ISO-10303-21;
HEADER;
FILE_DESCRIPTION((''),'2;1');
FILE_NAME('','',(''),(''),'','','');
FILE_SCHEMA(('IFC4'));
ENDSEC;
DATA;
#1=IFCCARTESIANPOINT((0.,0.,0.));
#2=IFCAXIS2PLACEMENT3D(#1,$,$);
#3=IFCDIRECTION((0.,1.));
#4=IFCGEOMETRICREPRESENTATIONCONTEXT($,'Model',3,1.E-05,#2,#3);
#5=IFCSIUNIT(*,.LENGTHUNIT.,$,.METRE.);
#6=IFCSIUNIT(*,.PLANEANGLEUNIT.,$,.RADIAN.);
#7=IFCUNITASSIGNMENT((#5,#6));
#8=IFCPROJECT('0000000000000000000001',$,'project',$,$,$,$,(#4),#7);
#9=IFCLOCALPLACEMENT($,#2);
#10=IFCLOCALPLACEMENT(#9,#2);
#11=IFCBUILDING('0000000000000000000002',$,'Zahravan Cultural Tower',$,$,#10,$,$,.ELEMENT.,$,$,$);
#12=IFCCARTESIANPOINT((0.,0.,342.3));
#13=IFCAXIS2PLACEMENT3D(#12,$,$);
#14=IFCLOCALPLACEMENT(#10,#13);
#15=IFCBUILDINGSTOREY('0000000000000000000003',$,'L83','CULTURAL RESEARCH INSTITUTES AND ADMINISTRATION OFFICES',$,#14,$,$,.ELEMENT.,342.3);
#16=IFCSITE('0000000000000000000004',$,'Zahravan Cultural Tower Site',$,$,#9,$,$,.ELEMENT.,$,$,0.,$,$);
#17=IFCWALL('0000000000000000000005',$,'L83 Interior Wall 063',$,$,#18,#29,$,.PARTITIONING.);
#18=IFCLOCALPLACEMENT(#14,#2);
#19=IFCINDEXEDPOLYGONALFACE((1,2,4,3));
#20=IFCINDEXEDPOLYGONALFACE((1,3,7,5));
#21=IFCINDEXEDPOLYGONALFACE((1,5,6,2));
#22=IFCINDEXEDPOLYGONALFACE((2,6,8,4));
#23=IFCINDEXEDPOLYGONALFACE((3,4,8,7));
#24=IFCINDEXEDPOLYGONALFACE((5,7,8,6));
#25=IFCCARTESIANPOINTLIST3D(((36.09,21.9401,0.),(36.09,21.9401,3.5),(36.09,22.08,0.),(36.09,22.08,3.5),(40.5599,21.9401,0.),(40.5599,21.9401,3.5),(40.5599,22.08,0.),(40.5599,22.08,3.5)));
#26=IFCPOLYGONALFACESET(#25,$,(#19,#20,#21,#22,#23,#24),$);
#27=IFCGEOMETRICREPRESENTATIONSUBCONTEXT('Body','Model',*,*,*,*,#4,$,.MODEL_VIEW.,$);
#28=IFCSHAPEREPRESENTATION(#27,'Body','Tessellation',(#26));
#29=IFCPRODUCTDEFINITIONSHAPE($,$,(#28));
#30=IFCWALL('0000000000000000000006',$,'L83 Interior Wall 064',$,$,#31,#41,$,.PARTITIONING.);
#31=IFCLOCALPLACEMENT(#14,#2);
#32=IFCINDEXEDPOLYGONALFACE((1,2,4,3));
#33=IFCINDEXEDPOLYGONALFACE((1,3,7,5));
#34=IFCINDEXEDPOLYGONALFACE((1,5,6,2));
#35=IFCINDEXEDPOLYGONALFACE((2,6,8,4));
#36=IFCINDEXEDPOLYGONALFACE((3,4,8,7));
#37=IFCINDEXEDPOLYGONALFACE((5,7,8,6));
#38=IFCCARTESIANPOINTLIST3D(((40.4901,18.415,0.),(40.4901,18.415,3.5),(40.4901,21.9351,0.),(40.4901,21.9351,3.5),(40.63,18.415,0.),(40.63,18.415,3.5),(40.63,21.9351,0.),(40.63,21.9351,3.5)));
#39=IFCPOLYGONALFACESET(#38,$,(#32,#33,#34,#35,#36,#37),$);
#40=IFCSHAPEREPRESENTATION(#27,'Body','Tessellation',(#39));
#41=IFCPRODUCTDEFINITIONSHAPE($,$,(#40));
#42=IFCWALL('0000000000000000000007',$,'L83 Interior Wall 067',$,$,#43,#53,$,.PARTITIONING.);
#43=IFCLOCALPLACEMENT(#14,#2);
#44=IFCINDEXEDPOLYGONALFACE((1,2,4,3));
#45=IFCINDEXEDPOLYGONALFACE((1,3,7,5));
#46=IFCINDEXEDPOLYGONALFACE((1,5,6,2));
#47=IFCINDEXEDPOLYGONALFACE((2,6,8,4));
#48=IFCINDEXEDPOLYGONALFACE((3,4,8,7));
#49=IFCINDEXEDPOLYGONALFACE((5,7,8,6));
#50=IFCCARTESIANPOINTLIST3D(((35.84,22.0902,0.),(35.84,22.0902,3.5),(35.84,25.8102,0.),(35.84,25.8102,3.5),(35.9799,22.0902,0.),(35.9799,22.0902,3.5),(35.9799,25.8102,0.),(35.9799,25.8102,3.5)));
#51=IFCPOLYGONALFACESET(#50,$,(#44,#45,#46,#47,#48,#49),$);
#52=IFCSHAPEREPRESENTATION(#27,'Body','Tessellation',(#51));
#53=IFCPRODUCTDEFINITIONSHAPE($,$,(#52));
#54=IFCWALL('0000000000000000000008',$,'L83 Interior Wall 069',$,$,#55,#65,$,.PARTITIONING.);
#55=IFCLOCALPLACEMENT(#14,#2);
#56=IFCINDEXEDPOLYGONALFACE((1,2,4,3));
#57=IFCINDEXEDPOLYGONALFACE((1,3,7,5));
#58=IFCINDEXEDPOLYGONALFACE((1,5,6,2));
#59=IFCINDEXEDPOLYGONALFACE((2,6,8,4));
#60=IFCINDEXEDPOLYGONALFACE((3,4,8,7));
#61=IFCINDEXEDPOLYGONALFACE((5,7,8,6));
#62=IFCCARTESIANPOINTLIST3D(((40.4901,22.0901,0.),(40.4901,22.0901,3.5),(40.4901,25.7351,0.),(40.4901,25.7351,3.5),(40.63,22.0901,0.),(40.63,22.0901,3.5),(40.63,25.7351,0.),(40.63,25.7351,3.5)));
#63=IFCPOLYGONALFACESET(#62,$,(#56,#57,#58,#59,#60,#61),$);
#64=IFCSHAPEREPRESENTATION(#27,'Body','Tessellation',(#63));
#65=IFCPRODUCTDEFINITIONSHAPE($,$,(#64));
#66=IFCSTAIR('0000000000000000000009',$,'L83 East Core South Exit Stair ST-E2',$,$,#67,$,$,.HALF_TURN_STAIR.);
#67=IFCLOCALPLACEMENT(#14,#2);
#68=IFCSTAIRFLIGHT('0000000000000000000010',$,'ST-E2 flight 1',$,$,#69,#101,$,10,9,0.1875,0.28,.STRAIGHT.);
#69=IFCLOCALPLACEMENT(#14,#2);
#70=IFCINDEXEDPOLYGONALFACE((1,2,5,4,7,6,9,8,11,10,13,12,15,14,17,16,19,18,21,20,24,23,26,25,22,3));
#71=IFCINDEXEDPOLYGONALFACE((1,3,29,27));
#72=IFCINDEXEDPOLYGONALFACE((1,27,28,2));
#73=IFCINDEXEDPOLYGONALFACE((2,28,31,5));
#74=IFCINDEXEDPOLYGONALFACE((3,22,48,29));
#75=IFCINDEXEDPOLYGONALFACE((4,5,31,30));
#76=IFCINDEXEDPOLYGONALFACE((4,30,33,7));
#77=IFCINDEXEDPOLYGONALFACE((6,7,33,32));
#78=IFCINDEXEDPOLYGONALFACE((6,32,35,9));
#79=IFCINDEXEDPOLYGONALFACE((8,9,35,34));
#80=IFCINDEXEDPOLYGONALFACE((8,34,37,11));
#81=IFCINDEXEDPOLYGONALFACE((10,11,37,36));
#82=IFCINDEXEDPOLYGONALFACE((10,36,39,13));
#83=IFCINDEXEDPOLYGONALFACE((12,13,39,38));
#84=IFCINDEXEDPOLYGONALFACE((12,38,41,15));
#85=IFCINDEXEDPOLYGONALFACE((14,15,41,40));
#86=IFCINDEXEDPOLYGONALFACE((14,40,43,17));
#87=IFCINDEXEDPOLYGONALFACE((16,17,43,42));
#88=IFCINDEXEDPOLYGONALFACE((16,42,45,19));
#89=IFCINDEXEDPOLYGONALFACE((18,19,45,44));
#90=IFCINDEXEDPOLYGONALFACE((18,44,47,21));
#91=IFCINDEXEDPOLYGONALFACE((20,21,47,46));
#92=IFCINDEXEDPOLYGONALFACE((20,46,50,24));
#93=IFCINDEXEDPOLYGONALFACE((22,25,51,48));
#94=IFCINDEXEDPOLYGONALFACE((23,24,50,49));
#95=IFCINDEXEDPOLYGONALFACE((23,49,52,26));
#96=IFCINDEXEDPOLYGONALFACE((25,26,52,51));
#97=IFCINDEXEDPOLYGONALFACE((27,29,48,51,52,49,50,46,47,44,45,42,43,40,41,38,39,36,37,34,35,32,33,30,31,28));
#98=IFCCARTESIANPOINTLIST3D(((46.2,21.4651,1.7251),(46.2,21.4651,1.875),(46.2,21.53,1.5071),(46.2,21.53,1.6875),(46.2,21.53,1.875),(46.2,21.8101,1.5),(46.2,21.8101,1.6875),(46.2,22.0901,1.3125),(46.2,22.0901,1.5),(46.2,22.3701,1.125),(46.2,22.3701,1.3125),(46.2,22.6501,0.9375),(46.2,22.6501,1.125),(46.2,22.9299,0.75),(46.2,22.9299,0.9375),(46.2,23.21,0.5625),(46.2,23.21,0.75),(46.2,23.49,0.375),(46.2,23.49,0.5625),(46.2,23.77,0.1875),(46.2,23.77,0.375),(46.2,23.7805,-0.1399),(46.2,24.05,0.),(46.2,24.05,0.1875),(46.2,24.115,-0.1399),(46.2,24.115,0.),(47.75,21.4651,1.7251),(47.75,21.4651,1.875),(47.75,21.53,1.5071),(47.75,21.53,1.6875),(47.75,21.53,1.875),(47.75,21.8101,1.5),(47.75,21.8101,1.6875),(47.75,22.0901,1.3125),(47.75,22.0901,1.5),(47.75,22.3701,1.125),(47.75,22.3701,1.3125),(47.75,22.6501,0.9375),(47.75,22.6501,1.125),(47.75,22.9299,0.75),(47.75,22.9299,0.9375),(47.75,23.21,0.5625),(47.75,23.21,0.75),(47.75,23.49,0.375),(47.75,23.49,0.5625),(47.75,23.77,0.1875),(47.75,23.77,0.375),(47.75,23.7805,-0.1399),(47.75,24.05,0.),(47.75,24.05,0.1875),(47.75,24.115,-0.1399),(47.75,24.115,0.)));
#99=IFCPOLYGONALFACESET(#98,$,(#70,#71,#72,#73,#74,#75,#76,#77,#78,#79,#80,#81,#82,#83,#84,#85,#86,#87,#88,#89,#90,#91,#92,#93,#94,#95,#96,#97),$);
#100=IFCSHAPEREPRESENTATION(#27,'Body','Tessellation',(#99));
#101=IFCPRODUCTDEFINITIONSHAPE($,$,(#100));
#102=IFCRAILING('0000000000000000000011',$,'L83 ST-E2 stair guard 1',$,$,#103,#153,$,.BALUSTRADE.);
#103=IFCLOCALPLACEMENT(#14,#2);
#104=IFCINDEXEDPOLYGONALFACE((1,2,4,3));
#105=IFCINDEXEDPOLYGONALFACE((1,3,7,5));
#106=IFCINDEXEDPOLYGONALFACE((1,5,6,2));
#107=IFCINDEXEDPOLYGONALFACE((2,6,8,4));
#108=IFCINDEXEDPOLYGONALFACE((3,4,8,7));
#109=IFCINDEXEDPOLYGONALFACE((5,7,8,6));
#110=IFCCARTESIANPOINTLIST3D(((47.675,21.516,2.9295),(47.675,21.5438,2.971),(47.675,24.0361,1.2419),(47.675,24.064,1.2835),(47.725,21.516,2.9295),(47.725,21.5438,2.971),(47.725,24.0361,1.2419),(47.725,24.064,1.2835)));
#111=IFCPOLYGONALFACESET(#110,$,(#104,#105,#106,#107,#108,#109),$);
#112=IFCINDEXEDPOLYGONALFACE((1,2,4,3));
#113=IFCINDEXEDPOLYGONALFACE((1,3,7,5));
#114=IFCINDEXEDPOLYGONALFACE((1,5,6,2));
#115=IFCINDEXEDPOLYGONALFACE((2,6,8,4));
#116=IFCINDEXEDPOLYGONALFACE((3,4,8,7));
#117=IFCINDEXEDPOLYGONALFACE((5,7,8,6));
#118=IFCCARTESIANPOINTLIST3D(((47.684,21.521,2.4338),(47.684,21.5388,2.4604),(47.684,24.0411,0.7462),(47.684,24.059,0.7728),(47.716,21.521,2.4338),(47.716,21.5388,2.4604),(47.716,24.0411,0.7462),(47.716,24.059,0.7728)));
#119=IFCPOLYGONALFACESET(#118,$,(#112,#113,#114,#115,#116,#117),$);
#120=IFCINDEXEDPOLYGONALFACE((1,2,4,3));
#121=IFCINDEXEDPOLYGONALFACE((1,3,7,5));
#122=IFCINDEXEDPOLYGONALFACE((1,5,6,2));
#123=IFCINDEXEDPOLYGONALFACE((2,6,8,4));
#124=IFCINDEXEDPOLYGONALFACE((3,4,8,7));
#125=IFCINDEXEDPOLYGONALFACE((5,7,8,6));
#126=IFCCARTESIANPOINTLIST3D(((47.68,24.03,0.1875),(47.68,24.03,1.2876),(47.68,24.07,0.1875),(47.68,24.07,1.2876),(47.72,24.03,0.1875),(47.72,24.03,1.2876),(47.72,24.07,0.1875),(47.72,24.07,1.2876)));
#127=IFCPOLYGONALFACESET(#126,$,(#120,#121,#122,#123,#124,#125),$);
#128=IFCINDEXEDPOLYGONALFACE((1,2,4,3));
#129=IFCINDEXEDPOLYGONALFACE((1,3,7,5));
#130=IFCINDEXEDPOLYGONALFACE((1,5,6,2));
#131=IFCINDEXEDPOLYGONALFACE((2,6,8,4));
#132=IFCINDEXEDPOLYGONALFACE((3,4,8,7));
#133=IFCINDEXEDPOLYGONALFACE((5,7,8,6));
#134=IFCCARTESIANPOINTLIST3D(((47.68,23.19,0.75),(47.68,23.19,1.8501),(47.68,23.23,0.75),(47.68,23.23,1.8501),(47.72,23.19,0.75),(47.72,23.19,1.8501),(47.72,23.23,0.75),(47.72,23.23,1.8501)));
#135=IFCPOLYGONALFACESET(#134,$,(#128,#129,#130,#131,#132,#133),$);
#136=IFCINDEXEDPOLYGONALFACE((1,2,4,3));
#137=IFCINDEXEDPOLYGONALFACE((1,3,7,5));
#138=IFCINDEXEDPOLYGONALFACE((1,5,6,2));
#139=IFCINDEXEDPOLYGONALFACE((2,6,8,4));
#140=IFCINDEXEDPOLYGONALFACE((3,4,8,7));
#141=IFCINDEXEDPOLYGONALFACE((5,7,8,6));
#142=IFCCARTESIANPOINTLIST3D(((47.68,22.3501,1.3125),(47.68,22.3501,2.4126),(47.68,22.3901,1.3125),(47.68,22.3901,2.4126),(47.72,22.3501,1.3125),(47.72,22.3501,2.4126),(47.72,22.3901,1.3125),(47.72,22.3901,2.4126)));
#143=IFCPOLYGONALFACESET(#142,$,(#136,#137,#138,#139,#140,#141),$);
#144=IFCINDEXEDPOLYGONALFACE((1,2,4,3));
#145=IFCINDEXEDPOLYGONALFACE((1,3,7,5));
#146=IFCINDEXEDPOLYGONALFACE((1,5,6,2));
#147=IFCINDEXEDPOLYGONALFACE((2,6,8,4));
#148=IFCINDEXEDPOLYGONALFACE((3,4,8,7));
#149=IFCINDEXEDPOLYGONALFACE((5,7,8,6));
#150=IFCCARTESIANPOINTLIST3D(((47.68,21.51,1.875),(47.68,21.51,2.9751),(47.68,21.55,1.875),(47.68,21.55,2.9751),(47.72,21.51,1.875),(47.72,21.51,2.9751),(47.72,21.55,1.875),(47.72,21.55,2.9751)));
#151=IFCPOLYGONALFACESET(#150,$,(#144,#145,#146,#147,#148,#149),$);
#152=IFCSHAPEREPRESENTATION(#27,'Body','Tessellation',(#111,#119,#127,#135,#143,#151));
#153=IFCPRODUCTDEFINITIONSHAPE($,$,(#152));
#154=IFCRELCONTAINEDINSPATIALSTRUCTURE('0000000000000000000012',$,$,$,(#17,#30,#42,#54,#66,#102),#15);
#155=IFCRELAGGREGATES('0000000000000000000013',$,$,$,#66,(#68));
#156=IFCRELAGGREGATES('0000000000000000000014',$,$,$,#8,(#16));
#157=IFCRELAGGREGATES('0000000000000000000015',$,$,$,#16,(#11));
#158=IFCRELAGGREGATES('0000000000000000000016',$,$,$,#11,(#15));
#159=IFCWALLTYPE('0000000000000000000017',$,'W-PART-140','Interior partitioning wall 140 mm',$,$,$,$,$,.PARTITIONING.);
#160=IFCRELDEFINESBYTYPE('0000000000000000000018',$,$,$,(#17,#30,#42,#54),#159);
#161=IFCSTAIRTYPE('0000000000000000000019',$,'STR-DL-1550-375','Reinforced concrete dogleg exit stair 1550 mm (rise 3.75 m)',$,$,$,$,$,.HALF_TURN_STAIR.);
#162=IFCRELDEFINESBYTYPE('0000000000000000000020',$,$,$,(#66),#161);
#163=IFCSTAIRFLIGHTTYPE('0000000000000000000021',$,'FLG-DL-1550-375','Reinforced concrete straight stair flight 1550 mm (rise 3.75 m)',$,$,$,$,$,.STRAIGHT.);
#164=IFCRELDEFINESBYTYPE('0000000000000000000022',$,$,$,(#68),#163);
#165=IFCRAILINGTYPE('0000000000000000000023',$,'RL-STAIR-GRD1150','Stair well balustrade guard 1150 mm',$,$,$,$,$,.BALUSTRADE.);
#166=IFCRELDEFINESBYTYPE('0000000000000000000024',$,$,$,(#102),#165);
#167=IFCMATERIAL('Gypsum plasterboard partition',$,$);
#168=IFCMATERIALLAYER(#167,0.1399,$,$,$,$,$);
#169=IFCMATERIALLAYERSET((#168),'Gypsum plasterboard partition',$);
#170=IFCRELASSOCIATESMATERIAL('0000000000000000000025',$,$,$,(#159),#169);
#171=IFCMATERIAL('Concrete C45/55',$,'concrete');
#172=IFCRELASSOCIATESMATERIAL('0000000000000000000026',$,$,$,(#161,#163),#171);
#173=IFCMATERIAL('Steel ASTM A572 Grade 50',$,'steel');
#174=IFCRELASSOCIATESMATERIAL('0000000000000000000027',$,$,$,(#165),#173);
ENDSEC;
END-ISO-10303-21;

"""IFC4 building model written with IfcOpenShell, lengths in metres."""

from ifc_helpers import new_model, si_unit, direction, frame, frame_2d, origin, origin_2d, place, context, subcontext, project, spatial, polyline, rectangle, outline, extrude, source, transform, mapped, material, layer, layer_set, type_object, element, aggregate, save


model = new_model("IFC4")

# Units and contexts
model_context = context("Model", 3, precision=1e-05, world=origin(), true_north=direction((0.0, 1.0)))
body_context = subcontext(model_context, "Body", "Model", "MODEL_VIEW")
ifc_project = project(units=[si_unit("LENGTHUNIT", "METRE"), si_unit("PLANEANGLEUNIT", "RADIAN")], contexts=[model_context])

# Site, building, storey
site_placement = place(None, origin())
site = spatial("IfcSite", under=ifc_project, at=site_placement, Name="Zahravan Cultural Tower Site", CompositionType="ELEMENT", RefElevation=0.0)
building_placement = place(site_placement, origin())
building = spatial("IfcBuilding", under=site, at=building_placement, Name="Zahravan Cultural Tower", CompositionType="ELEMENT")
storey_placement = place(building_placement, frame((0.0, 0.0, 342.3)))
storey = spatial("IfcBuildingStorey", under=building, at=storey_placement, Name="L83", Description="CULTURAL RESEARCH INSTITUTES AND ADMINISTRATION OFFICES", CompositionType="ELEMENT", Elevation=342.3)

# Shared definitions
ifc_material_1 = material(Name="Steel ASTM A572 Grade 50", Category="steel")
ifc_material_2 = material(Name="Gypsum plasterboard partition")
ifc_layer_1 = layer(ifc_material_2, 0.1399)
ifc_layer_set_1 = layer_set([ifc_layer_1], Name="Gypsum plasterboard partition")
wall_type_1 = type_object("IfcWallType", Name="W-PART-140", Description="Interior partitioning wall 140 mm", PredefinedType="PARTITIONING", material=ifc_layer_set_1)

# Walls
ifc_material_3 = material(Name="Concrete C45/55", Category="concrete")
shared_shape_1 = source(origin(), body_context, "Body", "SweptSolid", [
    extrude(rectangle(XDim=4.47, YDim=0.1399, at=frame_2d((2.2349, 0.0))), origin(), (0.0, 0.0, 1.0), 3.5),
])
wall_1_placement = place(storey_placement, frame((36.0901, 22.01, 0.0), z_axis=(0.0, 0.0, 1.0), x_axis=(1.0, 0.0, 0.0)))
element("IfcWall", 1, at=wall_1_placement, inside=storey, type_object=wall_type_1, Name="L83 Interior Wall 063", PredefinedType="PARTITIONING", context=body_context, shape_type="MappedRepresentation", body=[
    mapped(shared_shape_1, transform((0.0, 0.0, 0.0), x_axis=(1.0, 0.0, 0.0), y_axis=(0.0, 1.0, 0.0), z_axis=(0.0, 0.0, 1.0), scale=1.0)),
])
shared_shape_2 = source(origin(), body_context, "Body", "SweptSolid", [
    extrude(rectangle(XDim=3.52, YDim=0.1399, at=frame_2d((1.76, 0.0))), origin(), (0.0, 0.0, 1.0), 3.5),
])
wall_2_placement = place(storey_placement, frame((40.5601, 21.9351, 0.0), z_axis=(0.0, 0.0, 1.0), x_axis=(0.0, -1.0, 0.0)))
element("IfcWall", 2, at=wall_2_placement, inside=storey, type_object=wall_type_1, Name="L83 Interior Wall 064", PredefinedType="PARTITIONING", context=body_context, shape_type="MappedRepresentation", body=[
    mapped(shared_shape_2, transform((0.0, 0.0, 0.0), x_axis=(1.0, 0.0, 0.0), y_axis=(0.0, 1.0, 0.0), z_axis=(0.0, 0.0, 1.0), scale=1.0)),
])
shared_shape_3 = source(origin(), body_context, "Body", "SweptSolid", [
    extrude(rectangle(XDim=3.72, YDim=0.1399, at=frame_2d((1.8599, 0.0))), origin(), (0.0, 0.0, 1.0), 3.5),
])
wall_3_placement = place(storey_placement, frame((35.9099, 25.8101, 0.0), z_axis=(0.0, 0.0, 1.0), x_axis=(0.0, -1.0, 0.0)))
element("IfcWall", 3, at=wall_3_placement, inside=storey, type_object=wall_type_1, Name="L83 Interior Wall 067", PredefinedType="PARTITIONING", context=body_context, shape_type="MappedRepresentation", body=[
    mapped(shared_shape_3, transform((0.0, 0.0, 0.0), x_axis=(1.0, 0.0, 0.0), y_axis=(0.0, 1.0, 0.0), z_axis=(0.0, 0.0, 1.0), scale=1.0)),
])
shared_shape_4 = source(origin(), body_context, "Body", "SweptSolid", [
    extrude(rectangle(XDim=3.645, YDim=0.1399, at=frame_2d((1.8225, 0.0))), origin(), (0.0, 0.0, 1.0), 3.5),
])
wall_4_placement = place(storey_placement, frame((40.5601, 25.7351, 0.0), z_axis=(0.0, 0.0, 1.0), x_axis=(0.0, -1.0, 0.0)))
element("IfcWall", 4, at=wall_4_placement, inside=storey, type_object=wall_type_1, Name="L83 Interior Wall 069", PredefinedType="PARTITIONING", context=body_context, shape_type="MappedRepresentation", body=[
    mapped(shared_shape_4, transform((0.0, 0.0, 0.0), x_axis=(1.0, 0.0, 0.0), y_axis=(0.0, 1.0, 0.0), z_axis=(0.0, 0.0, 1.0), scale=1.0)),
])

# Stair, stair flight
stair_type = type_object("IfcStairType", Name="STR-DL-1550-375", Description="Reinforced concrete dogleg exit stair 1550 mm (rise 3.75 m)", PredefinedType="HALF_TURN_STAIR", material=ifc_material_3)
stair_placement = place(storey_placement, origin())
stair = element("IfcStair", 5, at=stair_placement, inside=storey, type_object=stair_type, Name="L83 East Core South Exit Stair ST-E2", PredefinedType="HALF_TURN_STAIR")
stair_flight_type = type_object("IfcStairFlightType", Name="FLG-DL-1550-375", Description="Reinforced concrete straight stair flight 1550 mm (rise 3.75 m)", PredefinedType="STRAIGHT", material=ifc_material_3)
stair_flight_placement = place(storey_placement, frame((46.9751, 24.05, 0.0), z_axis=(0.0, 0.0, 1.0), x_axis=(0.0, -1.0, 0.0)))
stair_flight = element("IfcStairFlight", 6, at=stair_flight_placement, type_object=stair_flight_type, Name="ST-E2 flight 1", NumberOfRisers=10, NumberOfTreads=9, PredefinedType="STRAIGHT", RiserHeight=0.1875, TreadLength=0.28, context=body_context, shape_type="SweptSolid", body=[
    extrude(outline(polyline([(-0.0649, -0.1399), (-0.0649, 0.0), (0.0, 0.0), (0.0, 0.1875), (0.28, 0.1875), (0.28, 0.375), (0.5601, 0.375), (0.5601, 0.5625), (0.8401, 0.5625), (0.8401, 0.75), (1.1201, 0.75), (1.1201, 0.9375), (1.3999, 0.9375), (1.3999, 1.125), (1.6799, 1.125), (1.6799, 1.3125), (1.96, 1.3125), (1.96, 1.5), (2.24, 1.5), (2.24, 1.6875), (2.52, 1.6875), (2.52, 1.875), (2.585, 1.875), (2.585, 1.7251), (2.52, 1.5071), (0.2695, -0.1399), (-0.0649, -0.1399)])), frame((0.0, 0.7749, 0.0), z_axis=(0.0, -1.0, 0.0), x_axis=(1.0, 0.0, 0.0)), (0.0, 0.0, 1.0), 1.55),
])
aggregate(stair, [stair_flight])

# Railing
railing_type_1 = type_object("IfcRailingType", Name="RL-STAIR-GRD1150", Description="Stair well balustrade guard 1150 mm", PredefinedType="BALUSTRADE", material=ifc_material_1)
railing_1_placement = place(storey_placement, frame((47.7, 24.05, 0.1875)))
element("IfcRailing", 7, at=railing_1_placement, inside=storey, type_object=railing_type_1, Name="L83 ST-E2 stair guard 1", PredefinedType="BALUSTRADE", context=body_context, shape_type="SweptSolid", body=[
    extrude(rectangle(XDim=0.05, YDim=0.05, at=origin_2d()), frame((0.0, 0.0, 1.0752), z_axis=(0.0, -0.830909, 0.556408), x_axis=(1.0, 0.0, 0.0)), (0.0, 0.0, 1.0), 3.033),
    extrude(rectangle(XDim=0.032, YDim=0.032, at=origin_2d()), frame((0.0, 0.0, 0.572), z_axis=(0.0, -0.830909, 0.556408), x_axis=(1.0, 0.0, 0.0)), (0.0, 0.0, 1.0), 3.033),
    extrude(rectangle(XDim=0.04, YDim=0.04, at=origin_2d()), origin(), (0.0, 0.0, 1.0), 1.1001),
    extrude(rectangle(XDim=0.04, YDim=0.04, at=origin_2d()), frame((0.0, -0.8401, 0.5625)), (0.0, 0.0, 1.0), 1.1001),
    extrude(rectangle(XDim=0.04, YDim=0.04, at=origin_2d()), frame((0.0, -1.6799, 1.125)), (0.0, 0.0, 1.0), 1.1001),
    extrude(rectangle(XDim=0.04, YDim=0.04, at=origin_2d()), frame((0.0, -2.52, 1.6875)), (0.0, 0.0, 1.0), 1.1001),
])

save(model, "model.ifc")
